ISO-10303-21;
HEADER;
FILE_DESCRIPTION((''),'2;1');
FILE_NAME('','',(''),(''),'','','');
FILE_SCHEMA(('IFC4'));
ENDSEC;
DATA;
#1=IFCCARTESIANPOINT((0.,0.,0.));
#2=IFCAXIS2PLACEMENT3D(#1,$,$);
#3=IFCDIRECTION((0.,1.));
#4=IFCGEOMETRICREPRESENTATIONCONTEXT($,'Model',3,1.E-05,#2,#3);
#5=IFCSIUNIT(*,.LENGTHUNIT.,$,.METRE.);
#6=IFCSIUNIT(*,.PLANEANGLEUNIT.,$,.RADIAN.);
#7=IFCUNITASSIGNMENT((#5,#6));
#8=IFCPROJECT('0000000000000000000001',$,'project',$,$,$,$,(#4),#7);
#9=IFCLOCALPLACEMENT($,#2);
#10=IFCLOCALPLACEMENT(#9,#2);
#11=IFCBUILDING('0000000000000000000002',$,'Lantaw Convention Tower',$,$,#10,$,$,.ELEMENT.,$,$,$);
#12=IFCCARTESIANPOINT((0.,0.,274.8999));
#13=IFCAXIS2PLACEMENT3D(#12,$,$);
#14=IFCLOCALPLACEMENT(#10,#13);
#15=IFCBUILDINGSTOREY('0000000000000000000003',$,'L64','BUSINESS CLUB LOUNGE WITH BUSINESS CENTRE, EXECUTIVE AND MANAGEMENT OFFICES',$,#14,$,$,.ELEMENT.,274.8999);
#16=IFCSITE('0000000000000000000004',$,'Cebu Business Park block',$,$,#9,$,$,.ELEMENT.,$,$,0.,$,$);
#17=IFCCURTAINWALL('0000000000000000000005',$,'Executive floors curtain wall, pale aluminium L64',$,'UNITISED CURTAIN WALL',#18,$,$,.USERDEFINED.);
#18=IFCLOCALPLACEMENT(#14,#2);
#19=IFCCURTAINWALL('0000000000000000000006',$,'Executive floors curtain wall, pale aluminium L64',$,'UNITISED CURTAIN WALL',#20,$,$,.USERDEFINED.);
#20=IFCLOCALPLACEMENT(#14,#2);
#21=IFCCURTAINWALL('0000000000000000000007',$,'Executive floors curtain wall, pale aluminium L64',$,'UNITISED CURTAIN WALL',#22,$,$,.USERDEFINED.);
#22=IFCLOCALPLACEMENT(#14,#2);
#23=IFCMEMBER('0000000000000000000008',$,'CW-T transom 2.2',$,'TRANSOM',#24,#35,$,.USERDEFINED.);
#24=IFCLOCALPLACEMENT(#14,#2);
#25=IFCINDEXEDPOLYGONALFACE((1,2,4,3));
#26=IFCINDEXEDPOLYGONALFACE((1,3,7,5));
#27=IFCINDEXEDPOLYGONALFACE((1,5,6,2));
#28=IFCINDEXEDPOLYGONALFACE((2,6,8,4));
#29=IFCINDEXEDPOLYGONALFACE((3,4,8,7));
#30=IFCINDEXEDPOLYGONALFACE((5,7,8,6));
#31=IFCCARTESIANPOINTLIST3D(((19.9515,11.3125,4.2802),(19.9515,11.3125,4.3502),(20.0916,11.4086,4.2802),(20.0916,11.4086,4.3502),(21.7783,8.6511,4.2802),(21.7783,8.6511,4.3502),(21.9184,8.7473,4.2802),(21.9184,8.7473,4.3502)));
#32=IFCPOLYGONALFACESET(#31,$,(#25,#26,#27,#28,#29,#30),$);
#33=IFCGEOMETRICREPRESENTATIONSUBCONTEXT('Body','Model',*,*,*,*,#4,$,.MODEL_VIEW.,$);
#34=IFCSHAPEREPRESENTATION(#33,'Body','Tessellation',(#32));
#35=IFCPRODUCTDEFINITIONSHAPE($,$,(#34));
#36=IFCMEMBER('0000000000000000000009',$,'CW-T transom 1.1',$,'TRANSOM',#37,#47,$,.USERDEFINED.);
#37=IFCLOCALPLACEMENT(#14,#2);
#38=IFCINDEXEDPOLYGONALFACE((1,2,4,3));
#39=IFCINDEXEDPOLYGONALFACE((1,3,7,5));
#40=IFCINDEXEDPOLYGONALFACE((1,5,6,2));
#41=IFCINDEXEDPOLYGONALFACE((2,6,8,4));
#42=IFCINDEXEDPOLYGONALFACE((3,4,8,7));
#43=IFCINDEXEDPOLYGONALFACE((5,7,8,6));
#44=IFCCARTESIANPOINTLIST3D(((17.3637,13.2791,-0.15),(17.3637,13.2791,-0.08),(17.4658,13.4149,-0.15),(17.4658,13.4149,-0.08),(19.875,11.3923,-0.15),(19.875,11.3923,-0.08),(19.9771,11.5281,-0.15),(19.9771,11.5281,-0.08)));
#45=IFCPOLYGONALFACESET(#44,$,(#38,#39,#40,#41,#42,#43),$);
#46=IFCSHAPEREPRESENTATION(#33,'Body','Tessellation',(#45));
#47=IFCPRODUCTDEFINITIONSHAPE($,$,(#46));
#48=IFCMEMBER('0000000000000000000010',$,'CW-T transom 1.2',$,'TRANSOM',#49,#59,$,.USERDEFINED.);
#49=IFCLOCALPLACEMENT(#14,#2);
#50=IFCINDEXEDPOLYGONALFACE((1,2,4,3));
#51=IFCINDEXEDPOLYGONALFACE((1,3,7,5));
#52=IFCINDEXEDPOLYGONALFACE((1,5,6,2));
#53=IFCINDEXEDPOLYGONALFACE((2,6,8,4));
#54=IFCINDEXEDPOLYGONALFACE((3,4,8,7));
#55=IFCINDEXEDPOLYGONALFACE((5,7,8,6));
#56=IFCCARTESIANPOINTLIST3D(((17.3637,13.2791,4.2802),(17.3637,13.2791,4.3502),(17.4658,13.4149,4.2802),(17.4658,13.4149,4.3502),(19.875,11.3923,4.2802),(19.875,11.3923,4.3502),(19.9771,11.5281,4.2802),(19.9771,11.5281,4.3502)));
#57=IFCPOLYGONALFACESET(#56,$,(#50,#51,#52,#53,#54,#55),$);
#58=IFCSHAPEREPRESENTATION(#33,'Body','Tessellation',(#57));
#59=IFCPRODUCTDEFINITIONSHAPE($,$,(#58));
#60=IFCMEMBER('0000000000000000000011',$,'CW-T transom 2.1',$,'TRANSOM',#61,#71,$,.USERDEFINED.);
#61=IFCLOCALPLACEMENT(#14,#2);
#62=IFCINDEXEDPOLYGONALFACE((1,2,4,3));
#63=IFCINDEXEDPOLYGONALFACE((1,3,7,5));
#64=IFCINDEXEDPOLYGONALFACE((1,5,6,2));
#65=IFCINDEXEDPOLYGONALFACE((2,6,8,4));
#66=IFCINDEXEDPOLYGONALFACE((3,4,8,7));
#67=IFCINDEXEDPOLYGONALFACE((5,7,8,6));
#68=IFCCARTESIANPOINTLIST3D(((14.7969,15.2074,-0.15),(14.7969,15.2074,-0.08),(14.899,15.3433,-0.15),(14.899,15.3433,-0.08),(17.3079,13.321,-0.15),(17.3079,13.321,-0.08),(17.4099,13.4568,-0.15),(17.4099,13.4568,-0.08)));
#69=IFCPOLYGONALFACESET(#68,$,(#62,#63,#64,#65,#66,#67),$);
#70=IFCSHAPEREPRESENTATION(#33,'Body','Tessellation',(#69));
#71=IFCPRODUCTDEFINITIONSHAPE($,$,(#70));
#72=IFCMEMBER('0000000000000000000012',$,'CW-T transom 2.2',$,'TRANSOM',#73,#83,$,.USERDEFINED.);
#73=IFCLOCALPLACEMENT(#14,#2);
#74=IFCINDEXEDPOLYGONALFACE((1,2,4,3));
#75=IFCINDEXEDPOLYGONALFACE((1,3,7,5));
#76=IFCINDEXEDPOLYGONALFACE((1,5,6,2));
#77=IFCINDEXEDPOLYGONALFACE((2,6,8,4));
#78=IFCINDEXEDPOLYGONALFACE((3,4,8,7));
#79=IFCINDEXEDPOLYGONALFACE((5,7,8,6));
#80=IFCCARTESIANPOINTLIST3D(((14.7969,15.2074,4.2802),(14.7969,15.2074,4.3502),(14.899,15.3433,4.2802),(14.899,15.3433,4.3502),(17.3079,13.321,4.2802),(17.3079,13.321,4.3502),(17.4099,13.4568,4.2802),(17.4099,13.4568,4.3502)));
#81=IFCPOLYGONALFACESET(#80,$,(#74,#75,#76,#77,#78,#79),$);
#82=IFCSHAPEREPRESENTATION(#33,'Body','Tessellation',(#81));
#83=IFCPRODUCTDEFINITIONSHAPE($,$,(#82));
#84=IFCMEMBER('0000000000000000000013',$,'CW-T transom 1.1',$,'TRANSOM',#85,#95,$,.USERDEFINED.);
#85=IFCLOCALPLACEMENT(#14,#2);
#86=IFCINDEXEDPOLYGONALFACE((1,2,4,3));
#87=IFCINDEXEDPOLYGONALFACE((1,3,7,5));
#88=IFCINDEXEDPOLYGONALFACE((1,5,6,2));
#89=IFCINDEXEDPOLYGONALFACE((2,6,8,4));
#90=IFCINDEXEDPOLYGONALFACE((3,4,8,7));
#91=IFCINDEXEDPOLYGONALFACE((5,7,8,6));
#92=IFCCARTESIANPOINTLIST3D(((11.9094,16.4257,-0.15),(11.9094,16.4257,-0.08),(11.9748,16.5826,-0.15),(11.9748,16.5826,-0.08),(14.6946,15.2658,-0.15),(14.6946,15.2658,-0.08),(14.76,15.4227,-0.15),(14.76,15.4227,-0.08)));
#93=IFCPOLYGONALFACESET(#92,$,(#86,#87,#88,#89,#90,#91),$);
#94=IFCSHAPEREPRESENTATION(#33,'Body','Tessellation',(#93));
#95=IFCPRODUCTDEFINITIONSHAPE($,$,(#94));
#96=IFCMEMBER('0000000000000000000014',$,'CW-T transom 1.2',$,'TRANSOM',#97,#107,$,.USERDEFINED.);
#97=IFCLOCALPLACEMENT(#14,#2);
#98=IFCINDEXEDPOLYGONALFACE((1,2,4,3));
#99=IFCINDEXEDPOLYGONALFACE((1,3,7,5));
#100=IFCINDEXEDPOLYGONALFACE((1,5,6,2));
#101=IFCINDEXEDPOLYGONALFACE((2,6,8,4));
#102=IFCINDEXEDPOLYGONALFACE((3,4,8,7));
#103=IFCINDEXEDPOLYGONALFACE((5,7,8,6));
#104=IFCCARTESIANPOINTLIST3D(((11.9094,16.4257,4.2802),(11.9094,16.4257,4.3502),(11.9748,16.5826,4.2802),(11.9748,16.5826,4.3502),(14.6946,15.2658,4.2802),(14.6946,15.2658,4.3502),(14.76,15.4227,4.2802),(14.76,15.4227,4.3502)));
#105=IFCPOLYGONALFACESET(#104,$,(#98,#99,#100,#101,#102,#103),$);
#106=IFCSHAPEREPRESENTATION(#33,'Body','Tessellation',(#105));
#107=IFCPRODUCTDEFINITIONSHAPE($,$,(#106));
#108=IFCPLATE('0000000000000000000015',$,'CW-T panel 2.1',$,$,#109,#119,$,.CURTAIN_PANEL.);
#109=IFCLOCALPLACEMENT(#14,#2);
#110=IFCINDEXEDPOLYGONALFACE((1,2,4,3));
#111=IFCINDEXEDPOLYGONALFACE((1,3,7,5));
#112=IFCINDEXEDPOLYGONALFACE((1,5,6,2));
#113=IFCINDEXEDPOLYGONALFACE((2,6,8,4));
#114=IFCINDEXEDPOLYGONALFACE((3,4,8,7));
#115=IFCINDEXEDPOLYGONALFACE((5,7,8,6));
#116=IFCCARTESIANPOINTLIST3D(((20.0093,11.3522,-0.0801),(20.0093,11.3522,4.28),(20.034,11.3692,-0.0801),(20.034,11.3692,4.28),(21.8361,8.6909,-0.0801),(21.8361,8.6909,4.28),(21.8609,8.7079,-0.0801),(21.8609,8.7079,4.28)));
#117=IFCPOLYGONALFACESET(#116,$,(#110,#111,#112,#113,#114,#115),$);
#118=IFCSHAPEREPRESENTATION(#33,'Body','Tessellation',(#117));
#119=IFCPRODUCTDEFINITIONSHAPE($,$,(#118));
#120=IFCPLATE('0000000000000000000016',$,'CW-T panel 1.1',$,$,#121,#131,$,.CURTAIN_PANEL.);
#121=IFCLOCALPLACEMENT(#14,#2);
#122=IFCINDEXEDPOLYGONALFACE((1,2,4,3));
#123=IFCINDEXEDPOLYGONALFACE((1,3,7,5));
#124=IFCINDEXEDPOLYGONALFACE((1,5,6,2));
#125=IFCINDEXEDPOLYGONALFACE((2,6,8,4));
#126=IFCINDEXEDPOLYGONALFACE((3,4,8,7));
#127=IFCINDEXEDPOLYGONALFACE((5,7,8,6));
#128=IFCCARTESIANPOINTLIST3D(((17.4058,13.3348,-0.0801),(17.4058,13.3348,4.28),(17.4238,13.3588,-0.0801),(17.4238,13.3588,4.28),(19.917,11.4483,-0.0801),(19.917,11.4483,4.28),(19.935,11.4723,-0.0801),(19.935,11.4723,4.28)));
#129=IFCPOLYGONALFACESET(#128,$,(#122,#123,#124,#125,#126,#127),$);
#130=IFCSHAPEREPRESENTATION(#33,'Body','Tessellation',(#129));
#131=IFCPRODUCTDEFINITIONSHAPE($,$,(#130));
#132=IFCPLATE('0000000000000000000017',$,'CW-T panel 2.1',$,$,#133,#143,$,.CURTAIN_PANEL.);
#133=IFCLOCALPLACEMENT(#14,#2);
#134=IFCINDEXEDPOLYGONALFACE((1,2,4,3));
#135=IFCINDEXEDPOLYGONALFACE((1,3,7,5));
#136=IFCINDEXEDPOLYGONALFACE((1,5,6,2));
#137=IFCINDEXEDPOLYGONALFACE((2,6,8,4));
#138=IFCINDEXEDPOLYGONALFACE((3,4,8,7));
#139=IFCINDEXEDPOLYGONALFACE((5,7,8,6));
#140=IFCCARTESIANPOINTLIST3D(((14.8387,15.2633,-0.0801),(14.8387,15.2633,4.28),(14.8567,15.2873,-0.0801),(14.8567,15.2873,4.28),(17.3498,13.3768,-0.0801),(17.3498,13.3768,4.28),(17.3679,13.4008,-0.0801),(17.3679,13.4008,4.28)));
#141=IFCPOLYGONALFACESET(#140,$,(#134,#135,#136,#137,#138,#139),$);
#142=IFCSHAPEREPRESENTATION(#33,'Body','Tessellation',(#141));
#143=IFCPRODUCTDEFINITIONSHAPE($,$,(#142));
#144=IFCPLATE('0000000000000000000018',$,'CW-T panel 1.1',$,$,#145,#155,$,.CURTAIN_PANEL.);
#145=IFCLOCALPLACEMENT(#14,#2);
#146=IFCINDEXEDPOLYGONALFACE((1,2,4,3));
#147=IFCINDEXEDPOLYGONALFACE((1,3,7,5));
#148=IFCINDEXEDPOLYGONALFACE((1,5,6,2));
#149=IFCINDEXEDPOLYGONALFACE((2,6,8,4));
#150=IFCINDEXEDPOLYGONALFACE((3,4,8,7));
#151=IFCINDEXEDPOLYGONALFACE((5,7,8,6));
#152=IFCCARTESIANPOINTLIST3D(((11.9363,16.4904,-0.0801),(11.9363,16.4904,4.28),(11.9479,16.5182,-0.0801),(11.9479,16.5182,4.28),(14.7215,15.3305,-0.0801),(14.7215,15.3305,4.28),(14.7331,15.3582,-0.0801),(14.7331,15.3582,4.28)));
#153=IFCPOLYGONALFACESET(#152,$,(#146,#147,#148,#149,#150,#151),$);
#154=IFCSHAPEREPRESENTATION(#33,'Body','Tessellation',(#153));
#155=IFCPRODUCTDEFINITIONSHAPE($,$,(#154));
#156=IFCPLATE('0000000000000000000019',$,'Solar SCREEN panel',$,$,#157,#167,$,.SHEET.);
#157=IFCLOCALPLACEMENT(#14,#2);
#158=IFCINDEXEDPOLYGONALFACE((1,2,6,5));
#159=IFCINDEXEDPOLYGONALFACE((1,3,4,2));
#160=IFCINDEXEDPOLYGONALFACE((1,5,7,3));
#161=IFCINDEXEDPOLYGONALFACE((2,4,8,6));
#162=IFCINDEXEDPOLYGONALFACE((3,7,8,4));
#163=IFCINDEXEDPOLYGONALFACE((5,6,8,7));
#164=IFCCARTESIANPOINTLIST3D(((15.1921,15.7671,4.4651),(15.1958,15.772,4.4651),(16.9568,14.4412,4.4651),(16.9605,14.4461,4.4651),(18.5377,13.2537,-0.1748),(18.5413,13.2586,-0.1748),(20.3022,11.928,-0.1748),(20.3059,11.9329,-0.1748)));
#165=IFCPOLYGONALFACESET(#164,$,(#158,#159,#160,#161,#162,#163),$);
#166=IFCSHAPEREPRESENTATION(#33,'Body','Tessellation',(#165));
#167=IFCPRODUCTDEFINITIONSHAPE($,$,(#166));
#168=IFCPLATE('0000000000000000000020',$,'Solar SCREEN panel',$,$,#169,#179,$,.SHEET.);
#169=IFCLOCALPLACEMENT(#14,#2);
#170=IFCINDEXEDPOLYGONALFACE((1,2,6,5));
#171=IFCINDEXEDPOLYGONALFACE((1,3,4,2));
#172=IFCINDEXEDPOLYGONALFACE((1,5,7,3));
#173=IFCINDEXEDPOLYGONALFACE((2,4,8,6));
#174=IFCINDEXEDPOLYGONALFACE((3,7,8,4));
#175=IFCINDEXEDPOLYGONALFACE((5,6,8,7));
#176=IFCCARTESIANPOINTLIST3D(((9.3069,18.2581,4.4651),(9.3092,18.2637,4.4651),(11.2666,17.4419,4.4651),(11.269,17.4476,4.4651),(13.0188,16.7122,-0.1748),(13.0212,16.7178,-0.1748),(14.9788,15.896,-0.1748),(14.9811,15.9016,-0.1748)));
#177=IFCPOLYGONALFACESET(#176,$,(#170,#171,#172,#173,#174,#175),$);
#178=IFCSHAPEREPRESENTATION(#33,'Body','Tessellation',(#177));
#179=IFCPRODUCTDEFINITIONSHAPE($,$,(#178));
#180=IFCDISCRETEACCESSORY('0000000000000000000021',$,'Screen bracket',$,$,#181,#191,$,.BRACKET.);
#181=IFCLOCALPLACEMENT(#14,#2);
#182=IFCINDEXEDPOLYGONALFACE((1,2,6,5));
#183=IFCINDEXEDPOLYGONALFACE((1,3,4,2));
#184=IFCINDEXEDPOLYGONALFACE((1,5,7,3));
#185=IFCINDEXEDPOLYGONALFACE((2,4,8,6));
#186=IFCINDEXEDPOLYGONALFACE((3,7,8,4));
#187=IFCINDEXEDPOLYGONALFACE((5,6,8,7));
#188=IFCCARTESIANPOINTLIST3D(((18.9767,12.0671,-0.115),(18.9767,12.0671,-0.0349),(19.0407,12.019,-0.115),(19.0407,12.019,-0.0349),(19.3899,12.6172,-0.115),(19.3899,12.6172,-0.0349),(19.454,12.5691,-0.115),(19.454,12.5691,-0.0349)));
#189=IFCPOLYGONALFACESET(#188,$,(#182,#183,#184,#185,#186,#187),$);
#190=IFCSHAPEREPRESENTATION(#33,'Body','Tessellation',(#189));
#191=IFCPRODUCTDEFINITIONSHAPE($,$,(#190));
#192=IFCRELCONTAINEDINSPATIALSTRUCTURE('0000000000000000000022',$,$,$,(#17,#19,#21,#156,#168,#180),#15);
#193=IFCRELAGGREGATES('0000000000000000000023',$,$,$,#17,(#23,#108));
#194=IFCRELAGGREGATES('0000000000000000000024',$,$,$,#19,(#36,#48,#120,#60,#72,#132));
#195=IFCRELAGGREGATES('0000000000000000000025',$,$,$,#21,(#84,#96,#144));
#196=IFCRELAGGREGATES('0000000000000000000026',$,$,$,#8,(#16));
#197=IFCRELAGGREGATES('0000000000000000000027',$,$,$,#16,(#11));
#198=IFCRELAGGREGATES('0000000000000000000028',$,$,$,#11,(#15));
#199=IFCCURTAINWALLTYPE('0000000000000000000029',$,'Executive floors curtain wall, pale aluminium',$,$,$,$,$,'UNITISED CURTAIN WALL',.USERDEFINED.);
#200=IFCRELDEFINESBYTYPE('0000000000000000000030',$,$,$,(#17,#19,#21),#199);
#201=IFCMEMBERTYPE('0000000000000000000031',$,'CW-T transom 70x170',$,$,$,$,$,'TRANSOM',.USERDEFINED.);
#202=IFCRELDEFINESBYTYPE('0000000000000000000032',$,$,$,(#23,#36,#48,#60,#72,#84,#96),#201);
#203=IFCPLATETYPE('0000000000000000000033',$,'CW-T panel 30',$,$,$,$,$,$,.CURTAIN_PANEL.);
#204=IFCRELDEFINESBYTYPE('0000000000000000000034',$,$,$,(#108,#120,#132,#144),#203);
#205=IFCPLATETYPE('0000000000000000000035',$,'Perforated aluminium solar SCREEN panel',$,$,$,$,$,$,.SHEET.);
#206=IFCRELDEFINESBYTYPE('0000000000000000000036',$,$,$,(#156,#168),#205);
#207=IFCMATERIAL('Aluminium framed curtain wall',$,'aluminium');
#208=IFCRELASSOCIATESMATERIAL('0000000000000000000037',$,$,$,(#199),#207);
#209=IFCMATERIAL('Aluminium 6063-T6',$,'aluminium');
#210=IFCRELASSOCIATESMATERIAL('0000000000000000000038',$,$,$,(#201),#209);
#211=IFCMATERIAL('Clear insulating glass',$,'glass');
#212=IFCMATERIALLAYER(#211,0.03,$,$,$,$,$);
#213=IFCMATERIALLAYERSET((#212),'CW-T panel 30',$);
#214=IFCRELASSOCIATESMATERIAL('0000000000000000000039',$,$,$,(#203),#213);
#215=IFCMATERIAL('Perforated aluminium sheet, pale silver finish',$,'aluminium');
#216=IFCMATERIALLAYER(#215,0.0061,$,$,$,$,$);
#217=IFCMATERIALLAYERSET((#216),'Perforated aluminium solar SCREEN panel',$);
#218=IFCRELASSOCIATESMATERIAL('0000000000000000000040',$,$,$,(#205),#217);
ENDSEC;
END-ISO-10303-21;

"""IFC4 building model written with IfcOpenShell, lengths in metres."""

from ifc_helpers import new_model, si_unit, direction, frame, origin, origin_2d, place, context, subcontext, project, spatial, polyline, rectangle, outline, extrude, material, layer, layer_set, material_profile, profile_set, type_object, element, aggregate, save


model = new_model("IFC4")

# Units and contexts
model_context = context("Model", 3, precision=1e-05, world=origin(), true_north=direction((0.0, 1.0)))
body_context = subcontext(model_context, "Body", "Model", "MODEL_VIEW")
ifc_project = project(units=[si_unit("LENGTHUNIT", "METRE"), si_unit("PLANEANGLEUNIT", "RADIAN")], contexts=[model_context])

# Site, building, storey
site_placement = place(None, origin())
site = spatial("IfcSite", under=ifc_project, at=site_placement, Name="Cebu Business Park block", CompositionType="ELEMENT", RefElevation=0.0)
building_placement = place(site_placement, origin())
building = spatial("IfcBuilding", under=site, at=building_placement, Name="Lantaw Convention Tower", CompositionType="ELEMENT")
storey_placement = place(building_placement, frame((0.0, 0.0, 274.8999)))
storey = spatial("IfcBuildingStorey", under=building, at=storey_placement, Name="L64", Description="BUSINESS CLUB LOUNGE WITH BUSINESS CENTRE, EXECUTIVE AND MANAGEMENT OFFICES", CompositionType="ELEMENT", Elevation=274.8999)

# Curtain walls
ifc_material_1 = material(Name="Aluminium framed curtain wall", Category="aluminium")
curtain_wall_type = type_object("IfcCurtainWallType", Name="Executive floors curtain wall, pale aluminium", ElementType="UNITISED CURTAIN WALL", PredefinedType="USERDEFINED", material=ifc_material_1)
curtain_wall_1_placement = place(storey_placement, origin())
curtain_wall_1 = element("IfcCurtainWall", 1, at=curtain_wall_1_placement, inside=storey, type_object=curtain_wall_type, Name="Executive floors curtain wall, pale aluminium L64", ObjectType="UNITISED CURTAIN WALL", PredefinedType="USERDEFINED")
ifc_material_2 = material(Name="Aluminium 6063-T6", Category="aluminium")
curtain_wall_2_placement = place(storey_placement, origin())
curtain_wall_2 = element("IfcCurtainWall", 2, at=curtain_wall_2_placement, inside=storey, type_object=curtain_wall_type, Name="Executive floors curtain wall, pale aluminium L64", ObjectType="UNITISED CURTAIN WALL", PredefinedType="USERDEFINED")

# Curtain wall
curtain_wall_3_placement = place(storey_placement, origin())
curtain_wall_3 = element("IfcCurtainWall", 3, at=curtain_wall_3_placement, inside=storey, type_object=curtain_wall_type, Name="Executive floors curtain wall, pale aluminium L64", ObjectType="UNITISED CURTAIN WALL", PredefinedType="USERDEFINED")

# Members
ifc_material_profile_1 = material_profile(ifc_material_2, rectangle(XDim=0.1699, YDim=0.0701, at=origin_2d()), Name="CW-T transom 70x170")
ifc_profile_set_1 = profile_set([ifc_material_profile_1], Name="Aluminium 6063-T6")
member_type_1 = type_object("IfcMemberType", Name="CW-T transom 70x170", ElementType="TRANSOM", PredefinedType="USERDEFINED", material=ifc_profile_set_1)
member_1_placement = place(storey_placement, frame((21.8484, 8.6992, 4.3152), z_axis=(-0.565941, 0.824446, 0.0), x_axis=(-0.824446, -0.565941, 0.0)))
member_1 = element("IfcMember", 4, at=member_1_placement, type_object=member_type_1, Name="CW-T transom 2.2", ObjectType="TRANSOM", PredefinedType="USERDEFINED", context=body_context, shape_type="SweptSolid", body=[
    extrude(rectangle(XDim=0.1699, YDim=0.0701, at=origin_2d()), origin(), (0.0, 0.0, 1.0), 3.228),
])
member_2_placement = place(storey_placement, frame((19.926, 11.4602, -0.115), z_axis=(-0.799496, 0.600671, 0.0), x_axis=(-0.600671, -0.799496, 0.0)))
member_2 = element("IfcMember", 5, at=member_2_placement, type_object=member_type_1, Name="CW-T transom 1.1", ObjectType="TRANSOM", PredefinedType="USERDEFINED", context=body_context, shape_type="SweptSolid", body=[
    extrude(rectangle(XDim=0.1699, YDim=0.0701, at=origin_2d()), origin(), (0.0, 0.0, 1.0), 3.1411),
])
member_3_placement = place(storey_placement, frame((19.926, 11.4602, 4.3152), z_axis=(-0.799496, 0.600671, 0.0), x_axis=(-0.600671, -0.799496, 0.0)))
member_3 = element("IfcMember", 6, at=member_3_placement, type_object=member_type_1, Name="CW-T transom 1.2", ObjectType="TRANSOM", PredefinedType="USERDEFINED", context=body_context, shape_type="SweptSolid", body=[
    extrude(rectangle(XDim=0.1699, YDim=0.0701, at=origin_2d()), origin(), (0.0, 0.0, 1.0), 3.1411),
])
member_4_placement = place(storey_placement, frame((17.3589, 13.3889, -0.115), z_axis=(-0.799505, 0.600659, 0.0), x_axis=(-0.600659, -0.799505, 0.0)))
member_4 = element("IfcMember", 7, at=member_4_placement, type_object=member_type_1, Name="CW-T transom 2.1", ObjectType="TRANSOM", PredefinedType="USERDEFINED", context=body_context, shape_type="SweptSolid", body=[
    extrude(rectangle(XDim=0.1699, YDim=0.0701, at=origin_2d()), origin(), (0.0, 0.0, 1.0), 3.1406),
])
member_5_placement = place(storey_placement, frame((17.3589, 13.3889, 4.3152), z_axis=(-0.799505, 0.600659, 0.0), x_axis=(-0.600659, -0.799505, 0.0)))
member_5 = element("IfcMember", 8, at=member_5_placement, type_object=member_type_1, Name="CW-T transom 2.2", ObjectType="TRANSOM", PredefinedType="USERDEFINED", context=body_context, shape_type="SweptSolid", body=[
    extrude(rectangle(XDim=0.1699, YDim=0.0701, at=origin_2d()), origin(), (0.0, 0.0, 1.0), 3.1406),
])
member_6_placement = place(storey_placement, frame((14.7273, 15.3442, -0.115), z_axis=(-0.923144, 0.384454, 0.0), x_axis=(-0.384454, -0.923144, 0.0)))
member_6 = element("IfcMember", 9, at=member_6_placement, type_object=member_type_1, Name="CW-T transom 1.1", ObjectType="TRANSOM", PredefinedType="USERDEFINED", context=body_context, shape_type="SweptSolid", body=[
    extrude(rectangle(XDim=0.1699, YDim=0.0701, at=origin_2d()), origin(), (0.0, 0.0, 1.0), 3.0171),
])
member_7_placement = place(storey_placement, frame((14.7273, 15.3442, 4.3152), z_axis=(-0.923144, 0.384454, 0.0), x_axis=(-0.384454, -0.923144, 0.0)))
member_7 = element("IfcMember", 10, at=member_7_placement, type_object=member_type_1, Name="CW-T transom 1.2", ObjectType="TRANSOM", PredefinedType="USERDEFINED", context=body_context, shape_type="SweptSolid", body=[
    extrude(rectangle(XDim=0.1699, YDim=0.0701, at=origin_2d()), origin(), (0.0, 0.0, 1.0), 3.0171),
])

# Plates
ifc_material_3 = material(Name="Clear insulating glass", Category="glass")
ifc_layer_1 = layer(ifc_material_3, 0.03)
ifc_layer_set_1 = layer_set([ifc_layer_1], Name="CW-T panel 30")
plate_type_1 = type_object("IfcPlateType", Name="CW-T panel 30", PredefinedType="CURTAIN_PANEL", material=ifc_layer_set_1)
plate_1_placement = place(storey_placement, frame((20.9351, 10.03, -0.0801), z_axis=(0.0, 0.0, 1.0), x_axis=(-0.565935, 0.82445, 0.0)))
plate_1 = element("IfcPlate", 11, at=plate_1_placement, type_object=plate_type_1, Name="CW-T panel 2.1", PredefinedType="CURTAIN_PANEL", context=body_context, shape_type="SweptSolid", body=[
    extrude(rectangle(XDim=3.228, YDim=0.03, at=origin_2d()), origin(), (0.0, 0.0, 1.0), 4.3601),
])
aggregate(curtain_wall_1, [member_1, plate_1])
plate_2_placement = place(storey_placement, frame((18.6704, 12.4036, -0.0801), z_axis=(0.0, 0.0, 1.0), x_axis=(-0.799518, 0.600643, 0.0)))
plate_2 = element("IfcPlate", 12, at=plate_2_placement, type_object=plate_type_1, Name="CW-T panel 1.1", PredefinedType="CURTAIN_PANEL", context=body_context, shape_type="SweptSolid", body=[
    extrude(rectangle(XDim=3.1409, YDim=0.03, at=origin_2d()), origin(), (0.0, 0.0, 1.0), 4.3601),
])
plate_3_placement = place(storey_placement, frame((16.1033, 14.332, -0.0801), z_axis=(0.0, 0.0, 1.0), x_axis=(-0.799518, 0.600643, 0.0)))
plate_3 = element("IfcPlate", 13, at=plate_3_placement, type_object=plate_type_1, Name="CW-T panel 2.1", PredefinedType="CURTAIN_PANEL", context=body_context, shape_type="SweptSolid", body=[
    extrude(rectangle(XDim=3.1409, YDim=0.03, at=origin_2d()), origin(), (0.0, 0.0, 1.0), 4.3601),
])
aggregate(curtain_wall_2, [member_2, member_3, plate_2, member_4, member_5, plate_3])
plate_4_placement = place(storey_placement, frame((13.3347, 15.9243, -0.0801), z_axis=(0.0, 0.0, 1.0), x_axis=(-0.923142, 0.38446, 0.0)))
plate_4 = element("IfcPlate", 14, at=plate_4_placement, type_object=plate_type_1, Name="CW-T panel 1.1", PredefinedType="CURTAIN_PANEL", context=body_context, shape_type="SweptSolid", body=[
    extrude(rectangle(XDim=3.0171, YDim=0.03, at=origin_2d()), origin(), (0.0, 0.0, 1.0), 4.3601),
])
aggregate(curtain_wall_3, [member_6, member_7, plate_4])

# Plates
ifc_material_4 = material(Name="Perforated aluminium sheet, pale silver finish", Category="aluminium")
ifc_layer_2 = layer(ifc_material_4, 0.0061)
ifc_layer_set_2 = layer_set([ifc_layer_2], Name="Perforated aluminium solar SCREEN panel")
plate_type_2 = type_object("IfcPlateType", Name="Perforated aluminium solar SCREEN panel", PredefinedType="SHEET", material=ifc_layer_set_2)
plate_5_placement = place(storey_placement, frame((20.3059, 11.9329, -0.1748), z_axis=(0.600672, 0.799495, 0.000032), x_axis=(-0.799495, 0.600672, 0.0)))
element("IfcPlate", 15, at=plate_5_placement, inside=storey, type_object=plate_type_2, Name="Solar SCREEN panel", PredefinedType="SHEET", context=body_context, shape_type="SweptSolid", body=[
    extrude(outline(polyline([(0.0, 0.0), (2.2071, 0.0), (6.3916, 4.6399), (4.1843, 4.6399), (0.0, 0.0)])), origin(), (0.0, 0.0, -1.0), 0.0061),
])
plate_6_placement = place(storey_placement, frame((14.9788, 15.896, -0.1748), z_axis=(-0.38444, -0.92315, 0.000009), x_axis=(-0.92315, 0.38444, 0.0)))
element("IfcPlate", 16, at=plate_6_placement, inside=storey, type_object=plate_type_2, Name="Solar SCREEN panel", PredefinedType="SHEET", context=body_context, shape_type="SweptSolid", body=[
    extrude(outline(polyline([(0.0, 0.0), (2.1231, 0.0), (6.1441, -4.6399), (4.0212, -4.6399), (0.0, 0.0)])), origin(), (0.0, 0.0, -1.0), 0.0061),
])

# Discrete accessory
for number, where, z_axis, x_axis, name in (
    (17, (19.2153, 12.3181, -0.115), (0.0, 0.0, 1.0), (-0.799518, 0.600643, 0.0), "Screen bracket"),
):
    element("IfcDiscreteAccessory", number, at=place(storey_placement, frame(where, z_axis=z_axis, x_axis=x_axis)), inside=storey, Name=name, PredefinedType="BRACKET", context=body_context, shape_type="SweptSolid", body=[
        extrude(rectangle(XDim=0.0801, YDim=0.688, at=origin_2d()), origin(), (0.0, 0.0, 1.0), 0.0801),
    ])

save(model, "model.ifc")
